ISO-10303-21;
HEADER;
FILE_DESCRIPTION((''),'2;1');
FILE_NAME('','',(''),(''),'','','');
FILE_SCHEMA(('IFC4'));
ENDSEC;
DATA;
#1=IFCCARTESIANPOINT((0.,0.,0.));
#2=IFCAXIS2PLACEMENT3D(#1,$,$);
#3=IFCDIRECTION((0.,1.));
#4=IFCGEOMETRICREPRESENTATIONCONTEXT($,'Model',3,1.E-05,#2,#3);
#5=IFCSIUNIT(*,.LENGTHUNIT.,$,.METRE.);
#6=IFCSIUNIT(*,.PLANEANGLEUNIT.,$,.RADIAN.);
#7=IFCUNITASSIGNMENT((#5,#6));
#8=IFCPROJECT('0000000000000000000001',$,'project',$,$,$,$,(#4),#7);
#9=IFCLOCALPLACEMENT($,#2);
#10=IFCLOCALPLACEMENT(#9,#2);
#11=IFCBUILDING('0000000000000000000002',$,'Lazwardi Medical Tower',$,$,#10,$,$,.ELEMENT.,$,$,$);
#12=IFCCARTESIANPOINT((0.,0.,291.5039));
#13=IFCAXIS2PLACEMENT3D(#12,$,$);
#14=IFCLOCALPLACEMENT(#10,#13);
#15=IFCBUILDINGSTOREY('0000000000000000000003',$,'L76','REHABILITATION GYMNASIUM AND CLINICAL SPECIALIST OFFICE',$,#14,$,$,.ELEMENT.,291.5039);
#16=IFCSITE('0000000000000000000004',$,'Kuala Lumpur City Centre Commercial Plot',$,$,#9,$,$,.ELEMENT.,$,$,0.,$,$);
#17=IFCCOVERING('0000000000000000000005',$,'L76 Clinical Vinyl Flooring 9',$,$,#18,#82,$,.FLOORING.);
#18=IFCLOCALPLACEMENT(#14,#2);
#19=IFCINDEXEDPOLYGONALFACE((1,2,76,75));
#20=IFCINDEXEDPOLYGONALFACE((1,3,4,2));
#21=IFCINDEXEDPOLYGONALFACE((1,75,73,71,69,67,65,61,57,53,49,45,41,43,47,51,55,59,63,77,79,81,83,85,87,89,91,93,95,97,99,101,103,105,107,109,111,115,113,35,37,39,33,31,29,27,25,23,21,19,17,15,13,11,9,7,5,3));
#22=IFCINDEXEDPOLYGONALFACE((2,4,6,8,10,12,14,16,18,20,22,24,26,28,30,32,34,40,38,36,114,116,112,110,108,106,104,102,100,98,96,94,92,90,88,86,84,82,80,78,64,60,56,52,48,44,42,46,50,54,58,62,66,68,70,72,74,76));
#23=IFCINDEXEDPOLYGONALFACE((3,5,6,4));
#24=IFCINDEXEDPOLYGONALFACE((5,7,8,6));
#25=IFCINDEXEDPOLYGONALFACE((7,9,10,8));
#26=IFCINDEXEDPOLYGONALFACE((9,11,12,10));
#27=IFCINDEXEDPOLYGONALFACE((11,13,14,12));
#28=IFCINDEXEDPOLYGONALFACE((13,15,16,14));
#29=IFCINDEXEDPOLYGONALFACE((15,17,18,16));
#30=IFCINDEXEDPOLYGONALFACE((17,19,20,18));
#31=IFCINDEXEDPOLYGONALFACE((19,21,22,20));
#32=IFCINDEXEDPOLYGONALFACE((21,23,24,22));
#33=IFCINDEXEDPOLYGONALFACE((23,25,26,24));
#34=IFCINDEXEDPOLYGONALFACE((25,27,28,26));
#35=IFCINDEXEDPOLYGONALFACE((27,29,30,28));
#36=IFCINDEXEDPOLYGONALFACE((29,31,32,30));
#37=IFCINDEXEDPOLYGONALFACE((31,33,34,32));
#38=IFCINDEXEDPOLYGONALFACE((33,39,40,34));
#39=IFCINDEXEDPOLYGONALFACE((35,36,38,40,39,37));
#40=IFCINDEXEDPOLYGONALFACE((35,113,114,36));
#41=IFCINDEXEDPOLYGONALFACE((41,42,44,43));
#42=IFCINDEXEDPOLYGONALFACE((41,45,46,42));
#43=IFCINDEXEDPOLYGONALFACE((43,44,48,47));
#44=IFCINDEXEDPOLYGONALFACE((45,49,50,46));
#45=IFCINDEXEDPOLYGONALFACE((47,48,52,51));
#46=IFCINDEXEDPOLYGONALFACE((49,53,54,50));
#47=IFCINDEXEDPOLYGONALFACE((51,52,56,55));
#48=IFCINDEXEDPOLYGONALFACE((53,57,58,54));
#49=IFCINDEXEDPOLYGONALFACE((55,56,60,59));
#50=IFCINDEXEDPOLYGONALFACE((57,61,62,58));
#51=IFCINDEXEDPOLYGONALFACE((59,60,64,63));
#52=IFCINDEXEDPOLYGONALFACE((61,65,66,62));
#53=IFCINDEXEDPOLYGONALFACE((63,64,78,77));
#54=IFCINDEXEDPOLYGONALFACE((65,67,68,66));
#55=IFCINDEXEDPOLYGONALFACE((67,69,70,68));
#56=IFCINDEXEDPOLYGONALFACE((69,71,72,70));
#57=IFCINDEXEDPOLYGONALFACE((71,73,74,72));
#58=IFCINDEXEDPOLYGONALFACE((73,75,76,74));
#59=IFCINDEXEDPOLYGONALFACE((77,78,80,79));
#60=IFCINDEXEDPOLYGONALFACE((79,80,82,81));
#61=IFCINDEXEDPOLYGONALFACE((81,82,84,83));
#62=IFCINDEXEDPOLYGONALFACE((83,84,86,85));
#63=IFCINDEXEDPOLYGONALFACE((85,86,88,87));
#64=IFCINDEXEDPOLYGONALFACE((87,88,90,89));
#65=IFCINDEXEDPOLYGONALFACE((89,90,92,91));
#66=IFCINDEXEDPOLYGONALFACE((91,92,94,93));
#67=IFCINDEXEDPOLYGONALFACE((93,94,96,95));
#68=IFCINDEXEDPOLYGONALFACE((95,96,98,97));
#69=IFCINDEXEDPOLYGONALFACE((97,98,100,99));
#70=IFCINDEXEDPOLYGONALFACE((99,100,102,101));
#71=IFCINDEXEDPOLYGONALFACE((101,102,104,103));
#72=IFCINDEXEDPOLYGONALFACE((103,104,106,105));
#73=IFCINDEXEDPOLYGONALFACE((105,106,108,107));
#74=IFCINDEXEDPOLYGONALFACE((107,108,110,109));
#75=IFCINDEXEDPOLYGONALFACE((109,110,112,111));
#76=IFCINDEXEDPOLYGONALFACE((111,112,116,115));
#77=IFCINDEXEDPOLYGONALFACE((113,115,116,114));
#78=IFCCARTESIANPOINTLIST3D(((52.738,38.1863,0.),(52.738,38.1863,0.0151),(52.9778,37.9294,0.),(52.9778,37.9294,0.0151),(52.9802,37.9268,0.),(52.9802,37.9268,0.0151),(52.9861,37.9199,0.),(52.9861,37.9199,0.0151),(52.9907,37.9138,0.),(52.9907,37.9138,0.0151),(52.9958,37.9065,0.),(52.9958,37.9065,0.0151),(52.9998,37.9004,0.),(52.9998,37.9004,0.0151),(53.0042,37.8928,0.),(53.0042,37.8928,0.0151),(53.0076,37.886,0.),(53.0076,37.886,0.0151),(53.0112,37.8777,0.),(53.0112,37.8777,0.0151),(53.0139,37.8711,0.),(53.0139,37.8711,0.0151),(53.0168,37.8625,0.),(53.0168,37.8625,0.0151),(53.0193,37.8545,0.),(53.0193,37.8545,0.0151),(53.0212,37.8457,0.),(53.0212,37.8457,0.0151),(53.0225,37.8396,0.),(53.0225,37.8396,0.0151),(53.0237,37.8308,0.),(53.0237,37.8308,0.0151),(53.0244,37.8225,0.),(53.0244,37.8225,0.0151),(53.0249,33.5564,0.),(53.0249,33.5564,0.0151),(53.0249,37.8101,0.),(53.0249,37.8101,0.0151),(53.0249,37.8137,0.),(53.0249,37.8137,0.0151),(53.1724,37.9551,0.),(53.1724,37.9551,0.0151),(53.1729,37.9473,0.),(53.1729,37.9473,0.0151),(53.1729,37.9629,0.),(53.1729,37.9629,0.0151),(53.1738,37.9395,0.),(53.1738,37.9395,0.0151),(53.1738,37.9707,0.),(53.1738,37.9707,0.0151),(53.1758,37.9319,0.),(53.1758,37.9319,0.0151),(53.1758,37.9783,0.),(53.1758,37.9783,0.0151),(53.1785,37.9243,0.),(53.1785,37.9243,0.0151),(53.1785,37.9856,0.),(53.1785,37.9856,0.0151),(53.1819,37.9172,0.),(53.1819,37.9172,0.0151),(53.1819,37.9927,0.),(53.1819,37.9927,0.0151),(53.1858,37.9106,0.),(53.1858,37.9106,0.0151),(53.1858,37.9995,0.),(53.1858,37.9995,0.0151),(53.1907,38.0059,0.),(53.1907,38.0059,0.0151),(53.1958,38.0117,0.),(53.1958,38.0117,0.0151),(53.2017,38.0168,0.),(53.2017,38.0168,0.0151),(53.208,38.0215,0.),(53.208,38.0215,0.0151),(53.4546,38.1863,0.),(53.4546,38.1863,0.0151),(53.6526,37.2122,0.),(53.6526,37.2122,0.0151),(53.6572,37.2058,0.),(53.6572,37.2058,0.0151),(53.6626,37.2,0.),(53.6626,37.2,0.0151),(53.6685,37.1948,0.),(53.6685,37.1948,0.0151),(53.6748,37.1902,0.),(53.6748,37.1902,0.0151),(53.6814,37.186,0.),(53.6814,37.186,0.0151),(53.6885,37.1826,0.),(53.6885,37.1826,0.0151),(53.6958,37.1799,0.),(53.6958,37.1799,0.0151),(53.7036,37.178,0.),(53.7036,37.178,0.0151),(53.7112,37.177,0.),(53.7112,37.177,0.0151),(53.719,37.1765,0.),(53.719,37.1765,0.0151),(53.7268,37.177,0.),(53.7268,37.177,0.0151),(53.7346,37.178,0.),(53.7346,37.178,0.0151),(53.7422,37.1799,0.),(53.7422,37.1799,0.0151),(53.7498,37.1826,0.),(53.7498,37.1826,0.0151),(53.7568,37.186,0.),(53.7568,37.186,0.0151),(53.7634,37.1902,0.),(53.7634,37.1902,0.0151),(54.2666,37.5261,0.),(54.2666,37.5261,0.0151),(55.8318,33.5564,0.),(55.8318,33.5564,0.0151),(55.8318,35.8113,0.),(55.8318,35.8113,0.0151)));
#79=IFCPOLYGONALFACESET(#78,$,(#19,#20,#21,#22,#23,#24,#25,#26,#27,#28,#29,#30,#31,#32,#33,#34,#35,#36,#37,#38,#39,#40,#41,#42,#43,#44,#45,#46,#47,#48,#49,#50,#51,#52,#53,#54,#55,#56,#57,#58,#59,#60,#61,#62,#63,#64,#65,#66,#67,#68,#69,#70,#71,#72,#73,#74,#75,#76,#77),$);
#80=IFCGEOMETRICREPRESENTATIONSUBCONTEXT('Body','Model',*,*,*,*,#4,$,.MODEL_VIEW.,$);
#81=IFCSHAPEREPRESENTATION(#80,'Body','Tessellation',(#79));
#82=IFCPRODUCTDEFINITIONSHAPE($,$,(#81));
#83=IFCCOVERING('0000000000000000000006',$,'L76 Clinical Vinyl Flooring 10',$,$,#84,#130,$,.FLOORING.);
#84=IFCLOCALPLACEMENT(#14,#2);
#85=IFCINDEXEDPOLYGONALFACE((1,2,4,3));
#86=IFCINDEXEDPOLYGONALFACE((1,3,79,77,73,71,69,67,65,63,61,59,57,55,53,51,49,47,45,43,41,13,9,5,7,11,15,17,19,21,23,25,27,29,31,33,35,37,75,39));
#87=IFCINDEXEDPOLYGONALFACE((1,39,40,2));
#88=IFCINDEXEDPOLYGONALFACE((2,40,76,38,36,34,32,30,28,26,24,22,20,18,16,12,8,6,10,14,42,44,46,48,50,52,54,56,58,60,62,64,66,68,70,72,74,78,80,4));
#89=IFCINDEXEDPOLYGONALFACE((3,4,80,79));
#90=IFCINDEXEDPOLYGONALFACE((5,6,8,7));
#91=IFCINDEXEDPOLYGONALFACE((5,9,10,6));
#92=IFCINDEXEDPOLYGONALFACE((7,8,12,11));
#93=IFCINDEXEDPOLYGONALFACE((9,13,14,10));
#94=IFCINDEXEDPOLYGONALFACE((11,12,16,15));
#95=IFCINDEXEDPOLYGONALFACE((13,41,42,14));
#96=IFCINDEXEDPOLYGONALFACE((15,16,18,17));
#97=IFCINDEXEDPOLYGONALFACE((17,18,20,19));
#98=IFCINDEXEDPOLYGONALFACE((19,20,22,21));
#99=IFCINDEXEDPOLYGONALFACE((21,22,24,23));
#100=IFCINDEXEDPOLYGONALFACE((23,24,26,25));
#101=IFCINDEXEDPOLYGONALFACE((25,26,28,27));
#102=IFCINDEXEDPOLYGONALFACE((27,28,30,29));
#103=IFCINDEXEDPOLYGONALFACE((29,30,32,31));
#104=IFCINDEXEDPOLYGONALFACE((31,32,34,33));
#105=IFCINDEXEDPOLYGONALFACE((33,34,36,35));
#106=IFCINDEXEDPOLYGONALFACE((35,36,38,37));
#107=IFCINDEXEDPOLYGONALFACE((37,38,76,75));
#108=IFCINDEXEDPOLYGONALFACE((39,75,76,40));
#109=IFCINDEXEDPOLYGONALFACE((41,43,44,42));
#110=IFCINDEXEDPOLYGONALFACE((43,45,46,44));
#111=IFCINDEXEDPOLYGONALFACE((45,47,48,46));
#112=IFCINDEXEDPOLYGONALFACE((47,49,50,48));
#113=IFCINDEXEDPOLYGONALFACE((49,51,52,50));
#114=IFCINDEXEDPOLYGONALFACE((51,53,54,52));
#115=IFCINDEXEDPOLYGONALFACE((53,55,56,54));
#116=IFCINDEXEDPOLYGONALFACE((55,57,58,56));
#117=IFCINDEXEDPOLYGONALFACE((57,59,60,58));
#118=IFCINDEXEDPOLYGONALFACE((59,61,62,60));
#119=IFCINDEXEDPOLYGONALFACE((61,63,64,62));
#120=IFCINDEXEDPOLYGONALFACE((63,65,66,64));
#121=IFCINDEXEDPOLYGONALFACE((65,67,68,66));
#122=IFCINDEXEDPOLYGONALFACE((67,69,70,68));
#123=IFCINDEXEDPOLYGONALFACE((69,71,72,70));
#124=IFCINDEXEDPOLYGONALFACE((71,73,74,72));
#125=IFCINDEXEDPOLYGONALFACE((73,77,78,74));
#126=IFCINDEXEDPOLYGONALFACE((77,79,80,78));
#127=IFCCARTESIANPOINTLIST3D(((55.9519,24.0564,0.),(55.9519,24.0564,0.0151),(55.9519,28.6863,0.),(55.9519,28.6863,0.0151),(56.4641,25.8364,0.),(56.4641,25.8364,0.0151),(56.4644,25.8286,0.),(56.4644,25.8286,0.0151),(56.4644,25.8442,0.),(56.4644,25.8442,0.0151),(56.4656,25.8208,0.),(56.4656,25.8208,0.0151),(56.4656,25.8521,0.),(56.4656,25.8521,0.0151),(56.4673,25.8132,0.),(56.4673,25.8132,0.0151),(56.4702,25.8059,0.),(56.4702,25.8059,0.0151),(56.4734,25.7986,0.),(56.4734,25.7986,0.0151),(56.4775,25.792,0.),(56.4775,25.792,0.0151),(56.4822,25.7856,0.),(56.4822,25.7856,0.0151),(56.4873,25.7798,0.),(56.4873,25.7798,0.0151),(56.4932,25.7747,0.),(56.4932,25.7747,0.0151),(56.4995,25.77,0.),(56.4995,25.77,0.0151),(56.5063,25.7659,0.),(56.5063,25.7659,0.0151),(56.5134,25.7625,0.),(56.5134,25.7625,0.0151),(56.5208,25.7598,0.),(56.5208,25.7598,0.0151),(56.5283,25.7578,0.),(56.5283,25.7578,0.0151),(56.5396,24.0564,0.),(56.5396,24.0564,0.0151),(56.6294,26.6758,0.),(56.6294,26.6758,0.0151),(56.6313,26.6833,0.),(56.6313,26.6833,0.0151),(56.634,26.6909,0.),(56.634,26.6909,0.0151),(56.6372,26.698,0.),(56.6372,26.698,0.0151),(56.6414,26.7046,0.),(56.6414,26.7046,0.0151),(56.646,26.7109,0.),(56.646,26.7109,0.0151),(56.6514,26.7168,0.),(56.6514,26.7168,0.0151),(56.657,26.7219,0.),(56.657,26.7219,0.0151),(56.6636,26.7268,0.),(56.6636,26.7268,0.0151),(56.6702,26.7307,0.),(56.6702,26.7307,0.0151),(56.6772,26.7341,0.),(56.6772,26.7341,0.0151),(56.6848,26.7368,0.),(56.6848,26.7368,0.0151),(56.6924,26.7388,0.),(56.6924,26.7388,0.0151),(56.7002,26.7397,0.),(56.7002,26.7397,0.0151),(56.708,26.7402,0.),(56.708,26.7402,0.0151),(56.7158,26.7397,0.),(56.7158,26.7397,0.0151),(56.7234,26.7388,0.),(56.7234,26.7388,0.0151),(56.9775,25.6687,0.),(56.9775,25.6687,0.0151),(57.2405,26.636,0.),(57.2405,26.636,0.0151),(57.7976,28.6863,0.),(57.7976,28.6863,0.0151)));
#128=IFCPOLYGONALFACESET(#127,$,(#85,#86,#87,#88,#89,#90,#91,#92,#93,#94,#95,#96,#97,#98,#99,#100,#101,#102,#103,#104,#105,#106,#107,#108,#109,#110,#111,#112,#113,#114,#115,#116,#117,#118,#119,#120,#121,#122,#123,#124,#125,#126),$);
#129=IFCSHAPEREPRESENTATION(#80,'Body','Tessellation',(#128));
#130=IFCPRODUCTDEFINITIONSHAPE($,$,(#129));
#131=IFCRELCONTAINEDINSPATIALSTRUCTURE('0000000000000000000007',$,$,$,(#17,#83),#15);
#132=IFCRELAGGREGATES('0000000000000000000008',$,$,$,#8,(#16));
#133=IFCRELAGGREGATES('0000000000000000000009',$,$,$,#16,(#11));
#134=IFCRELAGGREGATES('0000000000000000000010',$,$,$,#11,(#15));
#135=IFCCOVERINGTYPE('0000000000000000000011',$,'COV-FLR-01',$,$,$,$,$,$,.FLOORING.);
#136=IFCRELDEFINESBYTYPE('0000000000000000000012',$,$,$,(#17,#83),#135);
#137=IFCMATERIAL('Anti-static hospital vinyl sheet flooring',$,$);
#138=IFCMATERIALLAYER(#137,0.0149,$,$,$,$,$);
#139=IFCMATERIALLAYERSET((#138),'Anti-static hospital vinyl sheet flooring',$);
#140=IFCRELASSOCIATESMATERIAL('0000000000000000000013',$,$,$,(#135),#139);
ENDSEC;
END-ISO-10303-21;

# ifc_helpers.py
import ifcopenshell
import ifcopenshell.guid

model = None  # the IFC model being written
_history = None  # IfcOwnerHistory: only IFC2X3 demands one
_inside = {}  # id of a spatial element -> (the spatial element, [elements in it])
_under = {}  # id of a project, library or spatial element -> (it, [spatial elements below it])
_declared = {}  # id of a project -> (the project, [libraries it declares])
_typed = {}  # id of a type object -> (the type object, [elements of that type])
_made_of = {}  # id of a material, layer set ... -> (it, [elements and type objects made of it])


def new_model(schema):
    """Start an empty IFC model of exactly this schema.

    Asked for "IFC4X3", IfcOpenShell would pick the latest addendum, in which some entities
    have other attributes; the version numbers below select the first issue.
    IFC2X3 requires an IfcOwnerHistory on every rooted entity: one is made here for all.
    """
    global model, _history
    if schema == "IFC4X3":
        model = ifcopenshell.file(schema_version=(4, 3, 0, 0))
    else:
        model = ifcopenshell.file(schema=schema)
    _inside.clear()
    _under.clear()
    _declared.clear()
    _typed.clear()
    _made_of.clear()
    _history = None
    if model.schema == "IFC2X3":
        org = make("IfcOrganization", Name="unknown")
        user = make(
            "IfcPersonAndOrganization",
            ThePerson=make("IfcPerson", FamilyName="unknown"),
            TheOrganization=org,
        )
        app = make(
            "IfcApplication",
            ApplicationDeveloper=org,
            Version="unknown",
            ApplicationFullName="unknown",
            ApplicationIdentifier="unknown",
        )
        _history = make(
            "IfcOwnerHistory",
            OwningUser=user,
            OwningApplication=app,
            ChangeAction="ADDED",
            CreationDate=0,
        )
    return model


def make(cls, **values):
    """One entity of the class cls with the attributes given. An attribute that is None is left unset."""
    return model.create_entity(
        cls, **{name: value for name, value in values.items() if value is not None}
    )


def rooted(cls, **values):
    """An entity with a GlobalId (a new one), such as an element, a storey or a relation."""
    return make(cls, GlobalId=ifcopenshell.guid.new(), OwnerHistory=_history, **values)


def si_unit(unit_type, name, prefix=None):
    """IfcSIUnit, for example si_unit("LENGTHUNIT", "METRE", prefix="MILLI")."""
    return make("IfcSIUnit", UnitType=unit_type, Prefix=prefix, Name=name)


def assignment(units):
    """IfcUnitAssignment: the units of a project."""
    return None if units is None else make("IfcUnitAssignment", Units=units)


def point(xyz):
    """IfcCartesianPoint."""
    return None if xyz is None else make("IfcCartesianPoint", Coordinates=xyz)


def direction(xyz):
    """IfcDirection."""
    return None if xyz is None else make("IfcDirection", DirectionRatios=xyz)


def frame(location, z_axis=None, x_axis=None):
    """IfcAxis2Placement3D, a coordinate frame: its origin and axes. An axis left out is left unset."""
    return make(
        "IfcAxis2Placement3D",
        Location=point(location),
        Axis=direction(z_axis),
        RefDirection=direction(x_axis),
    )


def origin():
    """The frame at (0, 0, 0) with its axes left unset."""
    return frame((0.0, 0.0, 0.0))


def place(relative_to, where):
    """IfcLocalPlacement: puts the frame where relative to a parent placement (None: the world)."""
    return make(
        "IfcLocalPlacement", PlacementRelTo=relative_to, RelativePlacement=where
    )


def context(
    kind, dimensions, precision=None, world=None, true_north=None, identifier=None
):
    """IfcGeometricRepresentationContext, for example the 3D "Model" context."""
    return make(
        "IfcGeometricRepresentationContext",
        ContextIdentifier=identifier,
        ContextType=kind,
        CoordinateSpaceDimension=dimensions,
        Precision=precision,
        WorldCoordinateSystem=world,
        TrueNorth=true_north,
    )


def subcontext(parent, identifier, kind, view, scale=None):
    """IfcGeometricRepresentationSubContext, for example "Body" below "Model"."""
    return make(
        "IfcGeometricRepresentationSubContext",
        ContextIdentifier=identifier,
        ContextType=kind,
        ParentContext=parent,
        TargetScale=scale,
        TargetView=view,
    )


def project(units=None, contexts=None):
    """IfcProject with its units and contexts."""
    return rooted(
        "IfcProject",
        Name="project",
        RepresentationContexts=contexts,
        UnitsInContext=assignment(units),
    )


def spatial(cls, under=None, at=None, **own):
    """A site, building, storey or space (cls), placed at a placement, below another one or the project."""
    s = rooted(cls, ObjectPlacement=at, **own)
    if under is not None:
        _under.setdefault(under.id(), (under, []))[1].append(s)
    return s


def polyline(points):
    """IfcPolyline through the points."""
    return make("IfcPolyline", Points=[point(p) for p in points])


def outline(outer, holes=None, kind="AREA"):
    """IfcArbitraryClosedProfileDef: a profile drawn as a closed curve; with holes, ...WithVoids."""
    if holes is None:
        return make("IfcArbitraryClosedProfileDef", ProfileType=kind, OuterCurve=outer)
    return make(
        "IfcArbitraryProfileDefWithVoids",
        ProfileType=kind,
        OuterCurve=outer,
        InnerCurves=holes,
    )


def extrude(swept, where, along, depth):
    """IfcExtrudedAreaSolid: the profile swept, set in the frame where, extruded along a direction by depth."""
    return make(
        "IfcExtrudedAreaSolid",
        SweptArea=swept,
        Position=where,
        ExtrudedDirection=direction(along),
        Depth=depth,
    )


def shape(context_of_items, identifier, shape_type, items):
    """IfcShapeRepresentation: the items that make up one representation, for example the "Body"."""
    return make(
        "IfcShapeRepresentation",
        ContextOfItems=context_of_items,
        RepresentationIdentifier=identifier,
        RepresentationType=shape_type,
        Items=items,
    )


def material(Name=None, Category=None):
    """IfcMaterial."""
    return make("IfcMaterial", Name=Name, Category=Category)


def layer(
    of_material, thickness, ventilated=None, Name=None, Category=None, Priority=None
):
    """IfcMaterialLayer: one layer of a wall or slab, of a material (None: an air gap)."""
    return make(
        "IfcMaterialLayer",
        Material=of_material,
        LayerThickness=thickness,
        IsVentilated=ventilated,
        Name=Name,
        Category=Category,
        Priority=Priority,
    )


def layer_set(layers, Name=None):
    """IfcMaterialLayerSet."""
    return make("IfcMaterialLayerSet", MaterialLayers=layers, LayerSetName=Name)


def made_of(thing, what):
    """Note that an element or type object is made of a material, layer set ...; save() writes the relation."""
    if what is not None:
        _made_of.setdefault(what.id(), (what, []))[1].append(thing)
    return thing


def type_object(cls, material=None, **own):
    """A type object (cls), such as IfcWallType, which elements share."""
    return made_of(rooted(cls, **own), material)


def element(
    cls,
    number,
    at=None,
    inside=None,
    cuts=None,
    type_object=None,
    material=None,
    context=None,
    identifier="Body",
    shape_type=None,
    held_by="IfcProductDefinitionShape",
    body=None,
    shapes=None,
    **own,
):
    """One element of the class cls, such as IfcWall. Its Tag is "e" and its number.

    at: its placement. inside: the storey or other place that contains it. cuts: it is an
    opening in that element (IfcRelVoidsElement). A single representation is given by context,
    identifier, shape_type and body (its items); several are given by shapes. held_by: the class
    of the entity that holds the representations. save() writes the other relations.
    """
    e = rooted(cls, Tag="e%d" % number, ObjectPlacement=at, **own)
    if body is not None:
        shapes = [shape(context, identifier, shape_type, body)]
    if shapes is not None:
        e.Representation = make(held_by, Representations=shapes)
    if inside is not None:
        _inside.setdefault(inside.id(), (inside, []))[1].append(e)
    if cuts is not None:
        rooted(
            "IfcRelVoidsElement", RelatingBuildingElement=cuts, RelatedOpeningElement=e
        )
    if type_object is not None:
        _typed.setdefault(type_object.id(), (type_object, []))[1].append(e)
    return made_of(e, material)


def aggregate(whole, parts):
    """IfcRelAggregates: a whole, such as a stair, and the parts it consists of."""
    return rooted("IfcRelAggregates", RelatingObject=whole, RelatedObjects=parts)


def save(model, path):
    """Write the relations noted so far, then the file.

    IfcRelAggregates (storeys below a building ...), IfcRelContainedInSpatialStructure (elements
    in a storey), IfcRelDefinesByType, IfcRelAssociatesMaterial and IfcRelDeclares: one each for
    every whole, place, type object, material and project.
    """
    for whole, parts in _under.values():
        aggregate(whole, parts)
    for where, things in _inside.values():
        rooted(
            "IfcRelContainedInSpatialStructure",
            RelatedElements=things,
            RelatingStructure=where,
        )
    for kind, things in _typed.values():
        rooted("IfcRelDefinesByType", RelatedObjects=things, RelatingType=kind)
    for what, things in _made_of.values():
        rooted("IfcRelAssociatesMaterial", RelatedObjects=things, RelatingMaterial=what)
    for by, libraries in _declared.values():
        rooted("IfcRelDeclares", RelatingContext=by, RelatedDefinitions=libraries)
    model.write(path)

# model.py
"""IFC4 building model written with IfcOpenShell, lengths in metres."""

from ifc_helpers import new_model, si_unit, direction, frame, origin, place, context, subcontext, project, spatial, polyline, outline, extrude, material, layer, layer_set, type_object, element, save


model = new_model("IFC4")

# Units and contexts
model_context = context("Model", 3, precision=1e-05, world=origin(), true_north=direction((0.0, 1.0)))
body_context = subcontext(model_context, "Body", "Model", "MODEL_VIEW")
ifc_project = project(units=[si_unit("LENGTHUNIT", "METRE"), si_unit("PLANEANGLEUNIT", "RADIAN")], contexts=[model_context])

# Site, building, storey
site_placement = place(None, origin())
site = spatial("IfcSite", under=ifc_project, at=site_placement, Name="Kuala Lumpur City Centre Commercial Plot", CompositionType="ELEMENT", RefElevation=0.0)
building_placement = place(site_placement, origin())
building = spatial("IfcBuilding", under=site, at=building_placement, Name="Lazwardi Medical Tower", CompositionType="ELEMENT")
storey_placement = place(building_placement, frame((0.0, 0.0, 291.5039)))
storey = spatial("IfcBuildingStorey", under=building, at=storey_placement, Name="L76", Description="REHABILITATION GYMNASIUM AND CLINICAL SPECIALIST OFFICE", CompositionType="ELEMENT", Elevation=291.5039)

# Coverings
ifc_material_1 = material(Name="Anti-static hospital vinyl sheet flooring")
ifc_layer_1 = layer(ifc_material_1, 0.0149)
ifc_layer_set_1 = layer_set([ifc_layer_1], Name="Anti-static hospital vinyl sheet flooring")
covering_type_1 = type_object("IfcCoveringType", Name="COV-FLR-01", PredefinedType="FLOORING", material=ifc_layer_set_1)
covering_1_placement = place(storey_placement, origin())
element("IfcCovering", 1, at=covering_1_placement, inside=storey, type_object=covering_type_1, Name="L76 Clinical Vinyl Flooring 9", PredefinedType="FLOORING", context=body_context, shape_type="SweptSolid", body=[
    extrude(outline(polyline([(55.8318, 35.8113), (54.2666, 37.5261), (53.7634, 37.1902), (53.7568, 37.186), (53.7498, 37.1826), (53.7422, 37.1799), (53.7346, 37.178), (53.7268, 37.177), (53.719, 37.1765), (53.7112, 37.177), (53.7036, 37.178), (53.6958, 37.1799), (53.6885, 37.1826), (53.6814, 37.186), (53.6748, 37.1902), (53.6685, 37.1948), (53.6626, 37.2), (53.6572, 37.2058), (53.6526, 37.2122), (53.1858, 37.9106), (53.1819, 37.9172), (53.1785, 37.9243), (53.1758, 37.9319), (53.1738, 37.9395), (53.1729, 37.9473), (53.1724, 37.9551), (53.1729, 37.9629), (53.1738, 37.9707), (53.1758, 37.9783), (53.1785, 37.9856), (53.1819, 37.9927), (53.1858, 37.9995), (53.1907, 38.0059), (53.1958, 38.0117), (53.2017, 38.0168), (53.208, 38.0215), (53.4546, 38.1863), (52.738, 38.1863), (52.9778, 37.9294), (52.9802, 37.9268), (52.9861, 37.9199), (52.9907, 37.9138), (52.9958, 37.9065), (52.9998, 37.9004), (53.0042, 37.8928), (53.0076, 37.886), (53.0112, 37.8777), (53.0139, 37.8711), (53.0168, 37.8625), (53.0193, 37.8545), (53.0212, 37.8457), (53.0225, 37.8396), (53.0237, 37.8308), (53.0244, 37.8225), (53.0249, 37.8137), (53.0249, 37.8101), (53.0249, 33.5564), (55.8318, 33.5564), (55.8318, 35.8113)])), origin(), (0.0, 0.0, 1.0), 0.0151),
])
covering_2_placement = place(storey_placement, origin())
element("IfcCovering", 2, at=covering_2_placement, inside=storey, type_object=covering_type_1, Name="L76 Clinical Vinyl Flooring 10", PredefinedType="FLOORING", context=body_context, shape_type="SweptSolid", body=[
    extrude(outline(polyline([(56.5396, 24.0564), (56.9775, 25.6687), (56.5283, 25.7578), (56.5208, 25.7598), (56.5134, 25.7625), (56.5063, 25.7659), (56.4995, 25.77), (56.4932, 25.7747), (56.4873, 25.7798), (56.4822, 25.7856), (56.4775, 25.792), (56.4734, 25.7986), (56.4702, 25.8059), (56.4673, 25.8132), (56.4656, 25.8208), (56.4644, 25.8286), (56.4641, 25.8364), (56.4644, 25.8442), (56.4656, 25.8521), (56.6294, 26.6758), (56.6313, 26.6833), (56.634, 26.6909), (56.6372, 26.698), (56.6414, 26.7046), (56.646, 26.7109), (56.6514, 26.7168), (56.657, 26.7219), (56.6636, 26.7268), (56.6702, 26.7307), (56.6772, 26.7341), (56.6848, 26.7368), (56.6924, 26.7388), (56.7002, 26.7397), (56.708, 26.7402), (56.7158, 26.7397), (56.7234, 26.7388), (57.2405, 26.636), (57.7976, 28.6863), (55.9519, 28.6863), (55.9519, 24.0564), (56.5396, 24.0564)])), origin(), (0.0, 0.0, 1.0), 0.0151),
])

save(model, "model.ifc")
